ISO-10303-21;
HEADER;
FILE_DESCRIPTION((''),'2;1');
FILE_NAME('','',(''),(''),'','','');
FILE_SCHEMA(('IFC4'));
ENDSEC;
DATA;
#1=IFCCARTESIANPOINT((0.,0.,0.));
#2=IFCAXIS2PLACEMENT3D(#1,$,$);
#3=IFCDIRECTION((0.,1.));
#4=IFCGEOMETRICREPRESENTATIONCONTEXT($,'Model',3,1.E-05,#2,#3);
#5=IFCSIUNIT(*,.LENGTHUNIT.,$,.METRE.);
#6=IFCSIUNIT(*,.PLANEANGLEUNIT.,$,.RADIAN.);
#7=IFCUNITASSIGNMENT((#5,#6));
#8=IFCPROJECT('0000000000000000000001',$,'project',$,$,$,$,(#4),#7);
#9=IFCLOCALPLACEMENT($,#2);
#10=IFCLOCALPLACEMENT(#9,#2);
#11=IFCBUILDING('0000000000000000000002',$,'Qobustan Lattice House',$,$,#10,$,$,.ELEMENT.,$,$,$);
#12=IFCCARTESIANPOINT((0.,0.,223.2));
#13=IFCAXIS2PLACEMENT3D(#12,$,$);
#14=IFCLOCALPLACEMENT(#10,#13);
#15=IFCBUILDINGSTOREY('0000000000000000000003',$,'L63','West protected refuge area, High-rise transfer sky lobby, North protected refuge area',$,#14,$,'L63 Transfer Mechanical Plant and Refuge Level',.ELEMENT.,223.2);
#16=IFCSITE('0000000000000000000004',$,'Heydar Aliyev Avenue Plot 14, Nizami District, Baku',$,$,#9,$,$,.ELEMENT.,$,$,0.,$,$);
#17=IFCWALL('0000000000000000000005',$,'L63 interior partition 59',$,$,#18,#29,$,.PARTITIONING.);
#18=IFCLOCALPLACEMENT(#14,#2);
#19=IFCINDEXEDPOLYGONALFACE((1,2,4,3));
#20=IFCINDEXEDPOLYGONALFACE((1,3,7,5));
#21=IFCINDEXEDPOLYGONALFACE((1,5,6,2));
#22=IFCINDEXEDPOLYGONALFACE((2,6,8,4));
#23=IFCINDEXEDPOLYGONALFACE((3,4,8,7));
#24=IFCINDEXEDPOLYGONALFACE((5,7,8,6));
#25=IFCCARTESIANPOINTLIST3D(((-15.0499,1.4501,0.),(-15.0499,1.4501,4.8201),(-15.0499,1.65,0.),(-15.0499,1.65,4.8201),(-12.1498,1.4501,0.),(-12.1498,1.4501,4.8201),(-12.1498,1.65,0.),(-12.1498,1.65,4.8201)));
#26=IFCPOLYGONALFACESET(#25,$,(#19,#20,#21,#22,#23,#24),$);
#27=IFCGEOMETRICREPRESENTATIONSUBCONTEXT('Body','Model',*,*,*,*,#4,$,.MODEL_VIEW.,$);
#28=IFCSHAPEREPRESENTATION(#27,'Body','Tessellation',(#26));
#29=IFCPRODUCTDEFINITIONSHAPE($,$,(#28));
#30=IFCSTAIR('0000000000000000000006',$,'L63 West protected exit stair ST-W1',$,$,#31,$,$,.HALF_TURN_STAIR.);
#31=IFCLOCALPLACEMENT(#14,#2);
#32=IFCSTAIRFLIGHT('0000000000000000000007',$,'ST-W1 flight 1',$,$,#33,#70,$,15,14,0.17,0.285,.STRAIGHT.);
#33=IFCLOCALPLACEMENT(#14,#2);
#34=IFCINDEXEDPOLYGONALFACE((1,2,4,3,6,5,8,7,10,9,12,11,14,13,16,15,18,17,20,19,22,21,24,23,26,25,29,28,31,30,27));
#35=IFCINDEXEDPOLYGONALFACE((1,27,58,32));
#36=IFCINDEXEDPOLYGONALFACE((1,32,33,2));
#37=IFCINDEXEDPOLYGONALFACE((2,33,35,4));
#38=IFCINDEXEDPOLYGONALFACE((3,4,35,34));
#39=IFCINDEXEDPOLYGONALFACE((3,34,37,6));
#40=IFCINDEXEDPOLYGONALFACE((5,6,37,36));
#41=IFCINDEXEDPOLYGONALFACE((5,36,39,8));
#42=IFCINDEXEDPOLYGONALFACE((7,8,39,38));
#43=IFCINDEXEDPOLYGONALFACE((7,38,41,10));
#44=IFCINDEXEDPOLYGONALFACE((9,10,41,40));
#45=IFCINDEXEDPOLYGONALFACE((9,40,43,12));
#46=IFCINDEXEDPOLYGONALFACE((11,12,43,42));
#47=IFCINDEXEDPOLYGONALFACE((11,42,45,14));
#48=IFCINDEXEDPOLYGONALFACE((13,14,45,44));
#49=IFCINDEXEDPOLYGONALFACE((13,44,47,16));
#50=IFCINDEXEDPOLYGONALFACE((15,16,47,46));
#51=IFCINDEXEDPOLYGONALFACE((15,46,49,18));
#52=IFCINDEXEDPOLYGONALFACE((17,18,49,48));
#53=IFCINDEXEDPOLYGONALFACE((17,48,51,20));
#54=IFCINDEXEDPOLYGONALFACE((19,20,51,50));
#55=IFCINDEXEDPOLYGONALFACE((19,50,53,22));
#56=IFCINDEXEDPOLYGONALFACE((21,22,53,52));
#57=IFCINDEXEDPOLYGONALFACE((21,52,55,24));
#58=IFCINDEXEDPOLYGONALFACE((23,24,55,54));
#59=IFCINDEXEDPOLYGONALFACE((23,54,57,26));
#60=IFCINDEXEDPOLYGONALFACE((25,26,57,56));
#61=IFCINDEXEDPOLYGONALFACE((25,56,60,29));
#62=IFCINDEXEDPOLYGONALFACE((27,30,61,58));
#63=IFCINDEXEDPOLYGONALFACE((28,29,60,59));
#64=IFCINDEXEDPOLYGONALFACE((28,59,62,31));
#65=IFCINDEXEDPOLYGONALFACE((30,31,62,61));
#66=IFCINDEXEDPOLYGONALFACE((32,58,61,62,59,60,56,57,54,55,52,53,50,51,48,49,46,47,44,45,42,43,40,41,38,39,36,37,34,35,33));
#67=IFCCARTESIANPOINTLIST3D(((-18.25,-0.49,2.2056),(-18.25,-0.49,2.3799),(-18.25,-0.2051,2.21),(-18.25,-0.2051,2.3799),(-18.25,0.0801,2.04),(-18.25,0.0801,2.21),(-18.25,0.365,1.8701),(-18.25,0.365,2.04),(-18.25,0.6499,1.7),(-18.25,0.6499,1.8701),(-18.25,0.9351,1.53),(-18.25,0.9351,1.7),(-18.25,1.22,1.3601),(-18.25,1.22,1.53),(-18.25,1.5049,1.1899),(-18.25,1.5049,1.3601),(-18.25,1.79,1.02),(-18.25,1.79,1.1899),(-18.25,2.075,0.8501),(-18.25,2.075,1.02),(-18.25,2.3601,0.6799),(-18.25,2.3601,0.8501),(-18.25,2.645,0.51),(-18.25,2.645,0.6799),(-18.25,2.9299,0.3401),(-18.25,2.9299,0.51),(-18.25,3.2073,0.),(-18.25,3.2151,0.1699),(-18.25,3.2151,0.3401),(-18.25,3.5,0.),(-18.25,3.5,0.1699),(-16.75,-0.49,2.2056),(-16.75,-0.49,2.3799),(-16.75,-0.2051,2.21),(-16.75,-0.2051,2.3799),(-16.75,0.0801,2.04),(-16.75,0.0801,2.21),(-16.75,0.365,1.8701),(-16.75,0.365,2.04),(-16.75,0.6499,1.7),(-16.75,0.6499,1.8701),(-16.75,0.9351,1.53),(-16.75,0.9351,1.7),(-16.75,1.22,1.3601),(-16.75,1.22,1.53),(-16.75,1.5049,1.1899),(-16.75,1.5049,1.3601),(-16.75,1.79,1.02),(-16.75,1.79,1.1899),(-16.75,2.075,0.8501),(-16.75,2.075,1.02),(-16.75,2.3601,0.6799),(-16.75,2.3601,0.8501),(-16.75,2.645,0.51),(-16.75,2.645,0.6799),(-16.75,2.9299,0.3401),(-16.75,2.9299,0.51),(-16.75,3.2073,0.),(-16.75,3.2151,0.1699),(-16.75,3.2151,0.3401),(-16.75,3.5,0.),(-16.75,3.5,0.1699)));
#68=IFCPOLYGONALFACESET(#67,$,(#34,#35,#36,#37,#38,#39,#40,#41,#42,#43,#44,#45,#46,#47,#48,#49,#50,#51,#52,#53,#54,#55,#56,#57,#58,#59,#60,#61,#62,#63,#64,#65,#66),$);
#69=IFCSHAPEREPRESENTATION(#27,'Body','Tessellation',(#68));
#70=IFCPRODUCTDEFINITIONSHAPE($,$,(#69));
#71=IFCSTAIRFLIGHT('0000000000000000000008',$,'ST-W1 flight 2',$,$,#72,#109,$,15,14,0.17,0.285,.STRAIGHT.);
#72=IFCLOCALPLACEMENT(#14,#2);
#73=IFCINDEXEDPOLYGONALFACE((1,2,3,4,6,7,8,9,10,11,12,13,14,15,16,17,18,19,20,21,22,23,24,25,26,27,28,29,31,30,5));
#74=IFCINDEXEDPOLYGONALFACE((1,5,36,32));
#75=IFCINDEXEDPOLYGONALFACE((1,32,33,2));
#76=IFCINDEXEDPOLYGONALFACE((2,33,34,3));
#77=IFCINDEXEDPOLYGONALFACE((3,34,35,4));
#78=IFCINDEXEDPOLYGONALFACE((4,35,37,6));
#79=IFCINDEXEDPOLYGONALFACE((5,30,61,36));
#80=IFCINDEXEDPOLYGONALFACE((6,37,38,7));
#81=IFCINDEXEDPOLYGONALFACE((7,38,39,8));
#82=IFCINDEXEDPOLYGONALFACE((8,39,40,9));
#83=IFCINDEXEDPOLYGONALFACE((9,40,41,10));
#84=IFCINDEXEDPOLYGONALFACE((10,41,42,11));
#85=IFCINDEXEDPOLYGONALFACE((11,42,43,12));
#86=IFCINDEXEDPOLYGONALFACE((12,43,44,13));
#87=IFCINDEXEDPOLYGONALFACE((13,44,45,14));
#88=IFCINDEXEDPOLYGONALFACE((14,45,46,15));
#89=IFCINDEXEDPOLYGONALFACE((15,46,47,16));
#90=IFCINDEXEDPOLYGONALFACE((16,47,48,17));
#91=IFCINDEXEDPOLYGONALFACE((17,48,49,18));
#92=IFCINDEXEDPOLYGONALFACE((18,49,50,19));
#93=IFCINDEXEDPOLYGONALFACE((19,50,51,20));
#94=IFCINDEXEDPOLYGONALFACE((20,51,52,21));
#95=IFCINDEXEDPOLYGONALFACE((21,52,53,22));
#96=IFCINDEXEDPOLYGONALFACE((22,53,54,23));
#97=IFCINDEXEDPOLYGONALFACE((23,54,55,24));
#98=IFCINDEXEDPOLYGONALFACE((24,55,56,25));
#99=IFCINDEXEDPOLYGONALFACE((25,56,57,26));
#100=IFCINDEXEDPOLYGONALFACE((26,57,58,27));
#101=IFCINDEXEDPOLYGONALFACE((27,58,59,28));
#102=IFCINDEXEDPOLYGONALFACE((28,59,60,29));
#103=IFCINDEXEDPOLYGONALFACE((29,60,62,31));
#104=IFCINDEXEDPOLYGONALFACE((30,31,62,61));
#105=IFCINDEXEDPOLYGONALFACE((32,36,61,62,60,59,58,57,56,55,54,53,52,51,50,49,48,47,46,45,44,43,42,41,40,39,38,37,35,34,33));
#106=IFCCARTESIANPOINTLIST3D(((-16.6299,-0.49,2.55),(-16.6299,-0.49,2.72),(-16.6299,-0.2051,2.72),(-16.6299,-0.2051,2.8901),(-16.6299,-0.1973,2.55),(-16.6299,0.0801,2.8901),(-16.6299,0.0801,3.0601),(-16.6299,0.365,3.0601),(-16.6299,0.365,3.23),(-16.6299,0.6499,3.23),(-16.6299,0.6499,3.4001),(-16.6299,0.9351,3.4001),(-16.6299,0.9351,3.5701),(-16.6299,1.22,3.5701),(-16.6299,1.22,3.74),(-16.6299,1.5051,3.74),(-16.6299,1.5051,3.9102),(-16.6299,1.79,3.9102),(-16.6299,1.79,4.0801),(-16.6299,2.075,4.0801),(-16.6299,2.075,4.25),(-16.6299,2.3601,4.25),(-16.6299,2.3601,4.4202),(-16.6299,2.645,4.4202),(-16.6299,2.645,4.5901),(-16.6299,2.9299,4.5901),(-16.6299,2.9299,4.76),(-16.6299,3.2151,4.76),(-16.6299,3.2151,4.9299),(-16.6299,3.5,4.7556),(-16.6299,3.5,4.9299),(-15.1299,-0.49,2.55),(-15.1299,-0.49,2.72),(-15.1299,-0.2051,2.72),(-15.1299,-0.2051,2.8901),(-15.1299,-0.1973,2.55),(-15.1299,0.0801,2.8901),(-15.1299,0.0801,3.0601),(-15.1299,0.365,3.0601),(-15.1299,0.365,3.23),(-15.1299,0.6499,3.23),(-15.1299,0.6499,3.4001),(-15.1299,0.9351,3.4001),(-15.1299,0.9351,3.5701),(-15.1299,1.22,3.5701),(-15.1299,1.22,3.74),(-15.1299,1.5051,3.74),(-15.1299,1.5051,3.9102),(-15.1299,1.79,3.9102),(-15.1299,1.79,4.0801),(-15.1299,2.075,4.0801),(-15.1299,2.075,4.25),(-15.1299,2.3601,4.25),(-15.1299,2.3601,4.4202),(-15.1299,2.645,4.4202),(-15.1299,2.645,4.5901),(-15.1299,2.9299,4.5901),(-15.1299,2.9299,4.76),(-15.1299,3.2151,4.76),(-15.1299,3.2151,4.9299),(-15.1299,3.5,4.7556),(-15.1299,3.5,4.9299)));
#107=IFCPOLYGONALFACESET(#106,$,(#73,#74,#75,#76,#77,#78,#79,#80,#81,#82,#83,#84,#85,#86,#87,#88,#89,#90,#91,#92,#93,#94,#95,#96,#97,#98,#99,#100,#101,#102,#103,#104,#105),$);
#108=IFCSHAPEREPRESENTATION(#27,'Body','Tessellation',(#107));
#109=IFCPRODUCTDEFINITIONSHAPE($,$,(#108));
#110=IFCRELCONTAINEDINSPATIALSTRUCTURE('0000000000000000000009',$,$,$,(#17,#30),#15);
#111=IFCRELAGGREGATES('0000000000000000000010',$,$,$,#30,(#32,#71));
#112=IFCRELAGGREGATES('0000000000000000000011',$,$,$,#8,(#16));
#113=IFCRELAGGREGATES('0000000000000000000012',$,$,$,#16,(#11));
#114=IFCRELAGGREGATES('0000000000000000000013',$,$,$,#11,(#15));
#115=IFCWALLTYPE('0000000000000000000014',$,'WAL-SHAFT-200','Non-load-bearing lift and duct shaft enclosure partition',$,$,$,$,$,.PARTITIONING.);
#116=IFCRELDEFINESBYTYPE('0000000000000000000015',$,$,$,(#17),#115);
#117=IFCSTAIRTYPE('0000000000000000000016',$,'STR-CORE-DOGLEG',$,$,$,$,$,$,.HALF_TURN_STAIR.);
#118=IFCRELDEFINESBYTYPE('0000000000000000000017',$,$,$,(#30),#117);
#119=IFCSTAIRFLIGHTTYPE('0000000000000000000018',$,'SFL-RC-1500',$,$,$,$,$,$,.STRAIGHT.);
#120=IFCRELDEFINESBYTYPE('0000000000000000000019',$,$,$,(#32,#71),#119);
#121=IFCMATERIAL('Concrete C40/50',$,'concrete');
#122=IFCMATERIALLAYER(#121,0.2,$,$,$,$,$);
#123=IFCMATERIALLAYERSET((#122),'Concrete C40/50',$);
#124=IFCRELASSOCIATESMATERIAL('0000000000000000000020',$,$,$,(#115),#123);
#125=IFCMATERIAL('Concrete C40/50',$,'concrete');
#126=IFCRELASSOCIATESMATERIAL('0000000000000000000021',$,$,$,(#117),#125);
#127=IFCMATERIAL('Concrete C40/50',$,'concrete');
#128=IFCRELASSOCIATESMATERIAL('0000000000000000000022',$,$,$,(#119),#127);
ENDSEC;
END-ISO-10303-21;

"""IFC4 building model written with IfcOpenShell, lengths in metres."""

from ifc_helpers import new_model, si_unit, direction, frame, frame_2d, origin, place, context, subcontext, project, spatial, polyline, rectangle, outline, extrude, material, layer, layer_set, type_object, element, aggregate, save


model = new_model("IFC4")

# Units and contexts
model_context = context("Model", 3, precision=1e-05, world=origin(), true_north=direction((0.0, 1.0)))
body_context = subcontext(model_context, "Body", "Model", "MODEL_VIEW")
ifc_project = project(units=[si_unit("LENGTHUNIT", "METRE"), si_unit("PLANEANGLEUNIT", "RADIAN")], contexts=[model_context])

# Site, building, storey
site_placement = place(None, origin())
site = spatial("IfcSite", under=ifc_project, at=site_placement, Name="Heydar Aliyev Avenue Plot 14, Nizami District, Baku", CompositionType="ELEMENT", RefElevation=0.0)
building_placement = place(site_placement, origin())
building = spatial("IfcBuilding", under=site, at=building_placement, Name="Qobustan Lattice House", CompositionType="ELEMENT")
storey_placement = place(building_placement, frame((0.0, 0.0, 223.2)))
storey = spatial("IfcBuildingStorey", under=building, at=storey_placement, Name="L63", Description="West protected refuge area, High-rise transfer sky lobby, North protected refuge area", LongName="L63 Transfer Mechanical Plant and Refuge Level", CompositionType="ELEMENT", Elevation=223.2)

# Wall
ifc_material_1 = material(Name="Concrete C40/50", Category="concrete")
ifc_layer_1 = layer(ifc_material_1, 0.2)
ifc_layer_set_1 = layer_set([ifc_layer_1], Name="Concrete C40/50")
wall_type_1 = type_object("IfcWallType", Name="WAL-SHAFT-200", Description="Non-load-bearing lift and duct shaft enclosure partition", PredefinedType="PARTITIONING", material=ifc_layer_set_1)
wall_1_placement = place(storey_placement, frame((-15.05, 1.55, 0.0), z_axis=(0.0, 0.0, 1.0), x_axis=(1.0, 0.0, 0.0)))
element("IfcWall", 1, at=wall_1_placement, inside=storey, type_object=wall_type_1, Name="L63 interior partition 59", PredefinedType="PARTITIONING", context=body_context, shape_type="SweptSolid", body=[
    extrude(rectangle(XDim=2.9001, YDim=0.2, at=frame_2d((1.4502, 0.0))), origin(), (0.0, 0.0, 1.0), 4.8201),
])

# Stair, stair flights
ifc_material_2 = material(Name="Concrete C40/50", Category="concrete")
stair_type = type_object("IfcStairType", Name="STR-CORE-DOGLEG", PredefinedType="HALF_TURN_STAIR", material=ifc_material_2)
stair_placement = place(storey_placement, origin())
stair = element("IfcStair", 2, at=stair_placement, inside=storey, type_object=stair_type, Name="L63 West protected exit stair ST-W1", PredefinedType="HALF_TURN_STAIR")
ifc_material_3 = material(Name="Concrete C40/50", Category="concrete")
stair_flight_type = type_object("IfcStairFlightType", Name="SFL-RC-1500", PredefinedType="STRAIGHT", material=ifc_material_3)
stair_flight_1_placement = place(storey_placement, frame((-17.5, 3.5, 0.0), z_axis=(0.0, 0.0, 1.0), x_axis=(0.0, -1.0, 0.0)))
stair_flight_1 = element("IfcStairFlight", 3, at=stair_flight_1_placement, type_object=stair_flight_type, Name="ST-W1 flight 1", NumberOfRisers=15, NumberOfTreads=14, PredefinedType="STRAIGHT", RiserHeight=0.17, TreadLength=0.285, context=body_context, shape_type="SweptSolid", body=[
    extrude(outline(polyline([(0.0, 0.0), (0.0, 0.1699), (0.2849, 0.1699), (0.2849, 0.3401), (0.5701, 0.3401), (0.5701, 0.51), (0.855, 0.51), (0.855, 0.6799), (1.1399, 0.6799), (1.1399, 0.8501), (1.425, 0.8501), (1.425, 1.02), (1.71, 1.02), (1.71, 1.1899), (1.9951, 1.1899), (1.9951, 1.3601), (2.28, 1.3601), (2.28, 1.53), (2.5649, 1.53), (2.5649, 1.7), (2.8501, 1.7), (2.8501, 1.8701), (3.135, 1.8701), (3.135, 2.04), (3.4199, 2.04), (3.4199, 2.21), (3.7051, 2.21), (3.7051, 2.3799), (3.99, 2.3799), (3.99, 2.55), (3.99, 2.2056), (0.2927, 0.0), (0.0, 0.0)])), frame((0.0, 0.75, 0.0), z_axis=(0.0, -1.0, 0.0), x_axis=(1.0, 0.0, 0.0)), (0.0, 0.0, 1.0), 1.5),
])
stair_flight_2_placement = place(storey_placement, frame((-15.8799, -0.49, 2.55), z_axis=(0.0, 0.0, 1.0), x_axis=(0.0, 1.0, 0.0)))
stair_flight_2 = element("IfcStairFlight", 4, at=stair_flight_2_placement, type_object=stair_flight_type, Name="ST-W1 flight 2", NumberOfRisers=15, NumberOfTreads=14, PredefinedType="STRAIGHT", RiserHeight=0.17, TreadLength=0.285, context=body_context, shape_type="SweptSolid", body=[
    extrude(outline(polyline([(0.0, 0.0), (0.0, 0.1699), (0.2849, 0.1699), (0.2849, 0.3401), (0.5701, 0.3401), (0.5701, 0.51), (0.855, 0.51), (0.855, 0.6799), (1.1399, 0.6799), (1.1399, 0.8501), (1.425, 0.8501), (1.425, 1.02), (1.71, 1.02), (1.71, 1.1899), (1.9951, 1.1899), (1.9951, 1.3601), (2.28, 1.3601), (2.28, 1.53), (2.5649, 1.53), (2.5649, 1.7), (2.8501, 1.7), (2.8501, 1.8701), (3.135, 1.8701), (3.135, 2.04), (3.4199, 2.04), (3.4199, 2.21), (3.7051, 2.21), (3.7051, 2.3799), (3.99, 2.3799), (3.99, 2.55), (3.99, 2.2056), (0.2927, 0.0), (0.0, 0.0)])), frame((0.0, 0.75, 0.0), z_axis=(0.0, -1.0, 0.0), x_axis=(1.0, 0.0, 0.0)), (0.0, 0.0, 1.0), 1.5),
])
aggregate(stair, [stair_flight_1, stair_flight_2])

save(model, "model.ifc")
